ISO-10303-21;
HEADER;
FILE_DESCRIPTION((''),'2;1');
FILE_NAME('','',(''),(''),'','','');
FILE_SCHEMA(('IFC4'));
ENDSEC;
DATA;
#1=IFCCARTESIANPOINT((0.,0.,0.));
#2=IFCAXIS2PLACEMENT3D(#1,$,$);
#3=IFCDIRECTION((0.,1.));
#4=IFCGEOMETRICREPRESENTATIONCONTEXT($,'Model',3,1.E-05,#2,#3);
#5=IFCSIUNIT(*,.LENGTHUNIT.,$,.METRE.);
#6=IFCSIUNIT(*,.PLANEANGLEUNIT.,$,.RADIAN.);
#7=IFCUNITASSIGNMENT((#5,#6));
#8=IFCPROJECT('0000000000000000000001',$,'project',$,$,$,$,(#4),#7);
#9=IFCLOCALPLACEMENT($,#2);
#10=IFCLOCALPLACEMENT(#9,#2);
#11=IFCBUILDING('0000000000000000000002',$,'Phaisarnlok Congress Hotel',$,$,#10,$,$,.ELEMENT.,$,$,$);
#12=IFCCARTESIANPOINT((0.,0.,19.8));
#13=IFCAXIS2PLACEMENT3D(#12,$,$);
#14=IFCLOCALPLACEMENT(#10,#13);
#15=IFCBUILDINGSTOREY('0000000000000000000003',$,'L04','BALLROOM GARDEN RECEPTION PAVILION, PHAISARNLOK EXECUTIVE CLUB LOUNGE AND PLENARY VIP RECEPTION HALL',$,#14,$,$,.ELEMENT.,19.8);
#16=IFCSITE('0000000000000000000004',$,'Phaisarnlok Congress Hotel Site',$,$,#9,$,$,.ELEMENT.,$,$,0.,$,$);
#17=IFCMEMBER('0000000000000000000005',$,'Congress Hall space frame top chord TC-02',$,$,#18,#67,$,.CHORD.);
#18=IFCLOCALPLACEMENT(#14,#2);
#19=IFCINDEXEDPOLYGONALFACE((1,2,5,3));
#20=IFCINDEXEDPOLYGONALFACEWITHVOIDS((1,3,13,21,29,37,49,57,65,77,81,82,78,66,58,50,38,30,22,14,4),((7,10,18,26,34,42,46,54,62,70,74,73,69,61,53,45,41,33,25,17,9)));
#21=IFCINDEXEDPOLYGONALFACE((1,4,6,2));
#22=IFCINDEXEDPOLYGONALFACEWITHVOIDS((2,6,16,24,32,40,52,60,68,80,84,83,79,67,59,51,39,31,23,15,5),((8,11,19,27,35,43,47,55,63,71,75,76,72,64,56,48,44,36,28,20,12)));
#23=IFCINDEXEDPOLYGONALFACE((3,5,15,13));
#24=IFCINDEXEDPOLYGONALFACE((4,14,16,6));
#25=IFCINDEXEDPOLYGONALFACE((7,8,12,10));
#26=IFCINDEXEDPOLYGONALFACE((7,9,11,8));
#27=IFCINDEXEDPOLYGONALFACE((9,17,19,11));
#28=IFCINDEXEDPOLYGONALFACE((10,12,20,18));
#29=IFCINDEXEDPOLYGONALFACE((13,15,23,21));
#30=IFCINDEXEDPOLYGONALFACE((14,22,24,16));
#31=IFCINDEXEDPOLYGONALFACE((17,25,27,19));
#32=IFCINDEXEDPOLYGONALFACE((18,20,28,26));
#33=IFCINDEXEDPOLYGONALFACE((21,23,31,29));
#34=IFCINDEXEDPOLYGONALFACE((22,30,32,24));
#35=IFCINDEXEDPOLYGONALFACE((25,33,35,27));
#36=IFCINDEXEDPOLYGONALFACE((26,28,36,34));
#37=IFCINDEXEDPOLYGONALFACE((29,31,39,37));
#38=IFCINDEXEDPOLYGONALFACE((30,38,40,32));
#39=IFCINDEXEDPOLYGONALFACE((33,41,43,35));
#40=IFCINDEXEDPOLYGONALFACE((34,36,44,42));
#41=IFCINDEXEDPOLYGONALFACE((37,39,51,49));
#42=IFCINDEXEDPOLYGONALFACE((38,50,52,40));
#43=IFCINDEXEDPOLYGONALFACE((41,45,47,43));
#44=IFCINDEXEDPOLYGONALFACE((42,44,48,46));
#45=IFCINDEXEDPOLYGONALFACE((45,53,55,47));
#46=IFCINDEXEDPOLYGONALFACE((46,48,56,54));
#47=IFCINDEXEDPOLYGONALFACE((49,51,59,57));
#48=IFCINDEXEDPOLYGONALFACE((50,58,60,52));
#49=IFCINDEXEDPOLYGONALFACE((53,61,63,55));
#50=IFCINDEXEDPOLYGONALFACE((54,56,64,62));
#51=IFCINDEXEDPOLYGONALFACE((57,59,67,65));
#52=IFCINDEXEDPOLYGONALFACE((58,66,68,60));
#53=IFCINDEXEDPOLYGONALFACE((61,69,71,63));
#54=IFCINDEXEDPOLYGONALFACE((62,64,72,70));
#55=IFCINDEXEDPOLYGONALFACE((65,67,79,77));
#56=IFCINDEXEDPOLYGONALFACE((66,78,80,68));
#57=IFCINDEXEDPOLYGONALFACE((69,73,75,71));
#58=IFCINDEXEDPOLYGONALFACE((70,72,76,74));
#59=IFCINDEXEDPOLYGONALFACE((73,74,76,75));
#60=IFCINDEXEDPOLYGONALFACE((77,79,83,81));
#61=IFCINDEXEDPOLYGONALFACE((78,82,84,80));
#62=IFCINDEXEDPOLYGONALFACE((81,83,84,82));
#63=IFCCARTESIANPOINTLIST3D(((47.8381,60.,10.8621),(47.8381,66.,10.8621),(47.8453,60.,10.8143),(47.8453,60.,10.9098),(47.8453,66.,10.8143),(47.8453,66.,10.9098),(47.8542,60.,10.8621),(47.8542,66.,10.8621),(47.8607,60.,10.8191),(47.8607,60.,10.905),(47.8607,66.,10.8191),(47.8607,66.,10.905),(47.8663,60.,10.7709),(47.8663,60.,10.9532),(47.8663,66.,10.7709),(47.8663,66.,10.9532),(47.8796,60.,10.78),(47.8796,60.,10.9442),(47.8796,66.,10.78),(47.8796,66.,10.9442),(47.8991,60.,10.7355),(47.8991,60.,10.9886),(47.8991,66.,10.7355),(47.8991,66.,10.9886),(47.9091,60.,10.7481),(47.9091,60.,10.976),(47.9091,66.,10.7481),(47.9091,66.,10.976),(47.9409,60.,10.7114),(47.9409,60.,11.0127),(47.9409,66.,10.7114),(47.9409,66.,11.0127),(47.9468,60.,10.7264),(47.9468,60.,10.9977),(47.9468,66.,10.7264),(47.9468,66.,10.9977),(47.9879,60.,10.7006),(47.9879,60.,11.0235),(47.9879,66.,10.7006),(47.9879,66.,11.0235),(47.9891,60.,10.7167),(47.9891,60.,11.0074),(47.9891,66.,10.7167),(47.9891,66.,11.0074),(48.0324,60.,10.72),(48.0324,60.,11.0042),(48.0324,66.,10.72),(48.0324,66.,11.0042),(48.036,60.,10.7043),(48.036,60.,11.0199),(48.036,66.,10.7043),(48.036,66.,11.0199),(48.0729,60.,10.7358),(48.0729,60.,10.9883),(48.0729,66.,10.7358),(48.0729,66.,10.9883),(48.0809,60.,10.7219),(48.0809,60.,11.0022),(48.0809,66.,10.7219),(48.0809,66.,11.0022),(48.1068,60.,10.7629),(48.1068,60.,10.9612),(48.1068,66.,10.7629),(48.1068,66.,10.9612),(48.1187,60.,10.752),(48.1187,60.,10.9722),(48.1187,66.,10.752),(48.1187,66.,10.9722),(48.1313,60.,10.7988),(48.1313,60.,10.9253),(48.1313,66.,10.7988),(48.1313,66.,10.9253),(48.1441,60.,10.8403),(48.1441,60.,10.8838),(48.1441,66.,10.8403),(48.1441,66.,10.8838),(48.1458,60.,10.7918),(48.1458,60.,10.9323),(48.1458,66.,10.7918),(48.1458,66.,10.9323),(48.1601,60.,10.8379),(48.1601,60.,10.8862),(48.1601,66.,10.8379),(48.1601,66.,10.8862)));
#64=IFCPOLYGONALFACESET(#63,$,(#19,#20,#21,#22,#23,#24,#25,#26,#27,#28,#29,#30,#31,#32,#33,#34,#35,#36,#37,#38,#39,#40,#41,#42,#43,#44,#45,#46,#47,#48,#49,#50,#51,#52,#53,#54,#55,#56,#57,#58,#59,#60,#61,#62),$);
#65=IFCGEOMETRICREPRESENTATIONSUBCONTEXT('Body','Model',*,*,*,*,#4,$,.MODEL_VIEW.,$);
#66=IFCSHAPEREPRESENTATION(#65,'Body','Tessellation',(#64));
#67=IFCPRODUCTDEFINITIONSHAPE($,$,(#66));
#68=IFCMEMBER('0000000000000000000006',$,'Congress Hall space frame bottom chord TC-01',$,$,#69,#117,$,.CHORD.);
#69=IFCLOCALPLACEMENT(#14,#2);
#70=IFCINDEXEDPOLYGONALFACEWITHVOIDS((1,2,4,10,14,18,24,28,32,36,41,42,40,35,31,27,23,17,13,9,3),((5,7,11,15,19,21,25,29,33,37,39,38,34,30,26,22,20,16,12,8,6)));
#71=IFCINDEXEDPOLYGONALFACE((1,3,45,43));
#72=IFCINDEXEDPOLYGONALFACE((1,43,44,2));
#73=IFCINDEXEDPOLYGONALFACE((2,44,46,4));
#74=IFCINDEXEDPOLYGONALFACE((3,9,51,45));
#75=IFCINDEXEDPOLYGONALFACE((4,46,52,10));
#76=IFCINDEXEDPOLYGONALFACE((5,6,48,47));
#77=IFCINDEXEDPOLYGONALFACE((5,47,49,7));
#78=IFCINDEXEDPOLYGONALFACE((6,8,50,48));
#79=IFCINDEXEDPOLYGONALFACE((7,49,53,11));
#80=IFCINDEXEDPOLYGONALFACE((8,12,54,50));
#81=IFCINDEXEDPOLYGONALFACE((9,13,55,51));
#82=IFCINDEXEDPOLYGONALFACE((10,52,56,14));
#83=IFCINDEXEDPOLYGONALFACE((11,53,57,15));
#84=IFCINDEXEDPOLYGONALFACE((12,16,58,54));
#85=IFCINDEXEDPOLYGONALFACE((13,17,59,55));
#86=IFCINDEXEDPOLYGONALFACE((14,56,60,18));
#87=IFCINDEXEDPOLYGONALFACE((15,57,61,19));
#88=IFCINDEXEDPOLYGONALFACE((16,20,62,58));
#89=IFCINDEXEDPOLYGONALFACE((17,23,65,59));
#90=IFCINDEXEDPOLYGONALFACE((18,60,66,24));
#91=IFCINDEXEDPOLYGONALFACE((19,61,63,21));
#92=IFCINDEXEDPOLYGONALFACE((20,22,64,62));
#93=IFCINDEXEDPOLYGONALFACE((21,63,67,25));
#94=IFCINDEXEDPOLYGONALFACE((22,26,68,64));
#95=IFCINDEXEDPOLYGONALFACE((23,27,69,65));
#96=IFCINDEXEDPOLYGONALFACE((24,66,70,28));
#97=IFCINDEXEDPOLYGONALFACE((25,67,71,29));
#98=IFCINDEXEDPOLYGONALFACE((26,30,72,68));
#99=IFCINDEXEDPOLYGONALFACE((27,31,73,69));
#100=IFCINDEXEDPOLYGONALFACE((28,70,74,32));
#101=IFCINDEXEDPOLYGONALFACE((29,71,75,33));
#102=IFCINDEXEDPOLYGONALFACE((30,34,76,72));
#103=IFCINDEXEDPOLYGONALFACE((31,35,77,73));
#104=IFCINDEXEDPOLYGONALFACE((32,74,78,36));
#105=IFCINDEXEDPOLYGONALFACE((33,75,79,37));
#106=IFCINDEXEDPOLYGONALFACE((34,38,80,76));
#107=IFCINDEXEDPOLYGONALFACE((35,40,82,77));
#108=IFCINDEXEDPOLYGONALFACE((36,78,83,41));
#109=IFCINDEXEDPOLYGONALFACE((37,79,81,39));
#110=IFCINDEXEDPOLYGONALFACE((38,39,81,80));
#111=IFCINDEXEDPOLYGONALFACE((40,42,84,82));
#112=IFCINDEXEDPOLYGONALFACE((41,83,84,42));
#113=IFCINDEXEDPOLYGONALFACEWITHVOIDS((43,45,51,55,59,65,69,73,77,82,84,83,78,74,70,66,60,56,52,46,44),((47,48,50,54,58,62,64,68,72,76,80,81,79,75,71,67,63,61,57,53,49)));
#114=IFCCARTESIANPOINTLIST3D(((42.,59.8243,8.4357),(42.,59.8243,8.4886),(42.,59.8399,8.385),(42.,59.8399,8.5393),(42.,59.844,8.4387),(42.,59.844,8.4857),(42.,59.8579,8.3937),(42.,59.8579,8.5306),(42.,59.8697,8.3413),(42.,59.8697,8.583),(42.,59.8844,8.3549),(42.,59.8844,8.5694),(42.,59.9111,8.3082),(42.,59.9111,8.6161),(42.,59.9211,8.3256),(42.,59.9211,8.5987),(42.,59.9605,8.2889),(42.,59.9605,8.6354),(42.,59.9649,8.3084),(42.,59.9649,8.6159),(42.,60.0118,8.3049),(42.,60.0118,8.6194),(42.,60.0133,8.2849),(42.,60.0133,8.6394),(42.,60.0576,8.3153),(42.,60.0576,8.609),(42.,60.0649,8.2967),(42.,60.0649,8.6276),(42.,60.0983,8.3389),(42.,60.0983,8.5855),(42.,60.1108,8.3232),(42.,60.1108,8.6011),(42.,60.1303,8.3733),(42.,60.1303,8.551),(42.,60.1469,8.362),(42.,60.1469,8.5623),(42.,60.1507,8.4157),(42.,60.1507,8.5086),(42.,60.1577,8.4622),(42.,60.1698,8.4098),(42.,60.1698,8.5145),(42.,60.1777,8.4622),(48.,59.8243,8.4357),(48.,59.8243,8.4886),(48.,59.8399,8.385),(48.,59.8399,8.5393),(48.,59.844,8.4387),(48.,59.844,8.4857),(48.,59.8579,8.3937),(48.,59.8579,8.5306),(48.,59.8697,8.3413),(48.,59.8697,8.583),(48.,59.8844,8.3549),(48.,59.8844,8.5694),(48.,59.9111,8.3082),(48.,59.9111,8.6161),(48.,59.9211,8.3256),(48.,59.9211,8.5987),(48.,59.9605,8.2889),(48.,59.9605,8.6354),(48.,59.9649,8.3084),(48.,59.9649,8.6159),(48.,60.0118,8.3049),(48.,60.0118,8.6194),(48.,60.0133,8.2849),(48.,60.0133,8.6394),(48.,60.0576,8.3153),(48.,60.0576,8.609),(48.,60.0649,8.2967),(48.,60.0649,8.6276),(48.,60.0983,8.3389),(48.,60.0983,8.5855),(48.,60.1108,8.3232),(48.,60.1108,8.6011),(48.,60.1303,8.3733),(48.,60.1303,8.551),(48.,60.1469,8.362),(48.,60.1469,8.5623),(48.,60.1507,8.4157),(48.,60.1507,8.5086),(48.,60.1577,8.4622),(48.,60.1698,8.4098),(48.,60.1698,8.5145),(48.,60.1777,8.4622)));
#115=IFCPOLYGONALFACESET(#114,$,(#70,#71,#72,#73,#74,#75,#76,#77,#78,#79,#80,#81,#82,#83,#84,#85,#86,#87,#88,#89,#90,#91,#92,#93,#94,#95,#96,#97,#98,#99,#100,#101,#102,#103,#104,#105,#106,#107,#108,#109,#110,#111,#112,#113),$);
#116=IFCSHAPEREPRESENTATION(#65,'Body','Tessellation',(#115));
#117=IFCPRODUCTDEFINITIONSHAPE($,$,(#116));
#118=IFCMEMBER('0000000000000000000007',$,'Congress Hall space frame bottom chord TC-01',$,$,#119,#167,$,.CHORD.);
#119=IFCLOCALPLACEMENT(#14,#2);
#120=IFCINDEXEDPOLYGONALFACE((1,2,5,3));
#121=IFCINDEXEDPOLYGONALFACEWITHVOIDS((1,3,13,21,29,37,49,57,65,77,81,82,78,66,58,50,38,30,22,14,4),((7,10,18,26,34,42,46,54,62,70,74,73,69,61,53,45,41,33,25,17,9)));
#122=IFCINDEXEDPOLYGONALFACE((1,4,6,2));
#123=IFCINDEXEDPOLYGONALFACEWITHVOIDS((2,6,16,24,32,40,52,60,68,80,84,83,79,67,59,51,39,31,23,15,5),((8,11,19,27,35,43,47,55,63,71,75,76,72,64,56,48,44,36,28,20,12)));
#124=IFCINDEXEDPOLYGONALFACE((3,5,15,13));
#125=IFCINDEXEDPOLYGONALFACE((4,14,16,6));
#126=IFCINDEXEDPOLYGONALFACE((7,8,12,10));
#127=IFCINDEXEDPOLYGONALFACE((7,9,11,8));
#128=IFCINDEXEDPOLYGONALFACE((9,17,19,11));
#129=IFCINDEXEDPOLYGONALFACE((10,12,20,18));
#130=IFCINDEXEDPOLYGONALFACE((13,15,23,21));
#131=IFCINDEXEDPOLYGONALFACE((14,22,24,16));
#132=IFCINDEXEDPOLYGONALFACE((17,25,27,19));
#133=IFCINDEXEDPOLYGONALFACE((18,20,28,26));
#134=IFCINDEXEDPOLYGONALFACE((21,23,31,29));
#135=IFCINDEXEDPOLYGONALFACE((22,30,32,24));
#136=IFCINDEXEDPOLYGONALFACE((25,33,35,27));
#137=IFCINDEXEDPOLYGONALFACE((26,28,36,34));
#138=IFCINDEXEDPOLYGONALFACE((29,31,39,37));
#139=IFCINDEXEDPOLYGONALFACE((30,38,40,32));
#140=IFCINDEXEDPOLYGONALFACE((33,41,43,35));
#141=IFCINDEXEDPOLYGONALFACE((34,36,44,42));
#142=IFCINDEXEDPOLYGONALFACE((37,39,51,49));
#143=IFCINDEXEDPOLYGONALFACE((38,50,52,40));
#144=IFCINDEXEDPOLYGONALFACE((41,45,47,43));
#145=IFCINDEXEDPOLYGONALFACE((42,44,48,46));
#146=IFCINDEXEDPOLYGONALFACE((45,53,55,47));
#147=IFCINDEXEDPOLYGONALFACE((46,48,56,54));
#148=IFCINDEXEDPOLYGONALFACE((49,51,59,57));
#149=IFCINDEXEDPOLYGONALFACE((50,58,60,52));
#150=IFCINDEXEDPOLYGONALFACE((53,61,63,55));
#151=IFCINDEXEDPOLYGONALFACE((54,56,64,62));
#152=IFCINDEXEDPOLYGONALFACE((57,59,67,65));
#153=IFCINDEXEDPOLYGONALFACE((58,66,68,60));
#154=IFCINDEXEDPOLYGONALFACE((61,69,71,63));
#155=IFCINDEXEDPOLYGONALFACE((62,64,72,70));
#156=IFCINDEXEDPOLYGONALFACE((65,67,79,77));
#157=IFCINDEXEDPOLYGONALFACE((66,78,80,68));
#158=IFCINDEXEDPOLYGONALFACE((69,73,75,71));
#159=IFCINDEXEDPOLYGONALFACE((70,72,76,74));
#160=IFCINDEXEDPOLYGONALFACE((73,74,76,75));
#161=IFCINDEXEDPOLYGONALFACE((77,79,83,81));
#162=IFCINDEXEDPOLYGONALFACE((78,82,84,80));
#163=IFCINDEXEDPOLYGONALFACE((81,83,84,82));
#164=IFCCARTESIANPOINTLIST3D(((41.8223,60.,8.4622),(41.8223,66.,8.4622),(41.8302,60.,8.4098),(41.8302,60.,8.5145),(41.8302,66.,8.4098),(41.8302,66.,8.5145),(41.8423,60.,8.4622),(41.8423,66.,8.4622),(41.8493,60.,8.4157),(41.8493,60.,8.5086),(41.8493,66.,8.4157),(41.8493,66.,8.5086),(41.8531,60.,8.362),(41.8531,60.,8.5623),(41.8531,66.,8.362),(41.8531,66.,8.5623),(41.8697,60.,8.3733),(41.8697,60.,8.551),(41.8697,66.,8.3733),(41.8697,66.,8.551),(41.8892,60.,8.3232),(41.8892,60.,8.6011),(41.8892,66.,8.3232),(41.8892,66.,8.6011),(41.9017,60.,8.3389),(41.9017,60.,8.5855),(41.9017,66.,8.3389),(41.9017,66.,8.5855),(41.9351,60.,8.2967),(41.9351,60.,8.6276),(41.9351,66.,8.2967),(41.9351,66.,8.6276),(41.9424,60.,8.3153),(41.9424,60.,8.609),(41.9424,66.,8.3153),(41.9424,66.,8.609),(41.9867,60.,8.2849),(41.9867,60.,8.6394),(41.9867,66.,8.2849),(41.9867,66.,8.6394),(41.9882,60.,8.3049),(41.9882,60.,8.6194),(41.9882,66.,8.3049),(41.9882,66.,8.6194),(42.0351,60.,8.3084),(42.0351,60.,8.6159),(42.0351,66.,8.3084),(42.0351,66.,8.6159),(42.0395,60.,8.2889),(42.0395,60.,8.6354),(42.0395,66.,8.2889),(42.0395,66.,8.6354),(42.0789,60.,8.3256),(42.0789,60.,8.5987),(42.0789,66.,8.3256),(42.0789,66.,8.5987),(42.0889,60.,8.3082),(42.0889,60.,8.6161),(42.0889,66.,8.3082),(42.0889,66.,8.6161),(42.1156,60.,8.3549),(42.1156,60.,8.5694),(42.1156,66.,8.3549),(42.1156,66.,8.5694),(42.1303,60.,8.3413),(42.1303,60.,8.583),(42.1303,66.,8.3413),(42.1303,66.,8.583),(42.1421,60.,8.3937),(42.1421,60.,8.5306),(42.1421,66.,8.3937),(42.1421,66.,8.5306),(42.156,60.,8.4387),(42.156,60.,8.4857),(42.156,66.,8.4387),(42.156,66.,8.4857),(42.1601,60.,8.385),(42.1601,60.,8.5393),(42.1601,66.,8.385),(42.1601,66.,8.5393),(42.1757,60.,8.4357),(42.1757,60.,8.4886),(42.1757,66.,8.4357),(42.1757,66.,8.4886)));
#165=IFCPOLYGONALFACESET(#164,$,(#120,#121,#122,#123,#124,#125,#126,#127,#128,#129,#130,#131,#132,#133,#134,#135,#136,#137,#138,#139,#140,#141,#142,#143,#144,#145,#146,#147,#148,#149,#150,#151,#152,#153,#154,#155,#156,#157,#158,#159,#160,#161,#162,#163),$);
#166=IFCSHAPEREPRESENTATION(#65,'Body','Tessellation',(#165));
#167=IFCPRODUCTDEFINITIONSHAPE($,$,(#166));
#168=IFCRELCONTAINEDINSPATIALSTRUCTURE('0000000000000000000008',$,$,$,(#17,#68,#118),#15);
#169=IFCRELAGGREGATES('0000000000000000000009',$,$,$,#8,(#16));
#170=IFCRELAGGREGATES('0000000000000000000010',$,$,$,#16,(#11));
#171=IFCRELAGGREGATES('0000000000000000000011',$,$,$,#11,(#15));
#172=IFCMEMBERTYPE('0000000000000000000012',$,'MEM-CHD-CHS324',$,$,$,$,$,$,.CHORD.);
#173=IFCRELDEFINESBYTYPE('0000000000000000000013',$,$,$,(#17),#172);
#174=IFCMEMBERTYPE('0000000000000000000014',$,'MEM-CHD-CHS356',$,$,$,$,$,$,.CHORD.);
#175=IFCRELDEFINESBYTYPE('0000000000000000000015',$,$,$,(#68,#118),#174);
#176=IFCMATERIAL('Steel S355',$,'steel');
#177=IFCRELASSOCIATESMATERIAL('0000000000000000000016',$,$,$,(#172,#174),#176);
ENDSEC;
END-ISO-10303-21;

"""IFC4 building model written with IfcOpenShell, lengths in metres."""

from ifc_helpers import new_model, si_unit, direction, frame, origin, origin_2d, place, context, subcontext, project, spatial, hollow_circle, extrude, material, material_profile, profile_set, type_object, element, save


model = new_model("IFC4")

# Units and contexts
model_context = context("Model", 3, precision=1e-05, world=origin(), true_north=direction((0.0, 1.0)))
body_context = subcontext(model_context, "Body", "Model", "MODEL_VIEW")
ifc_project = project(units=[si_unit("LENGTHUNIT", "METRE"), si_unit("PLANEANGLEUNIT", "RADIAN")], contexts=[model_context])

# Site, building, storey
site_placement = place(None, origin())
site = spatial("IfcSite", under=ifc_project, at=site_placement, Name="Phaisarnlok Congress Hotel Site", CompositionType="ELEMENT", RefElevation=0.0)
building_placement = place(site_placement, origin())
building = spatial("IfcBuilding", under=site, at=building_placement, Name="Phaisarnlok Congress Hotel", CompositionType="ELEMENT")
storey_placement = place(building_placement, frame((0.0, 0.0, 19.8)))
storey = spatial("IfcBuildingStorey", under=building, at=storey_placement, Name="L04", Description="BALLROOM GARDEN RECEPTION PAVILION, PHAISARNLOK EXECUTIVE CLUB LOUNGE AND PLENARY VIP RECEPTION HALL", CompositionType="ELEMENT", Elevation=19.8)

# Members
ifc_material = material(Name="Steel S355", Category="steel")
ifc_material_profile_1 = material_profile(ifc_material, hollow_circle(Radius=0.1619, WallThickness=0.0161, at=origin_2d()), Name="CHS 323.9x16")
ifc_profile_set_1 = profile_set([ifc_material_profile_1], Name="Steel S355")
member_type_1 = type_object("IfcMemberType", Name="MEM-CHD-CHS324", PredefinedType="CHORD", material=ifc_profile_set_1)
for number, where, z_axis, x_axis, name in (
    (1, (48.0, 60.0, 10.8621), (0.0, 1.0, 0.0), (-1.0, 0.0, 0.0), "Congress Hall space frame top chord TC-02"),
):
    element("IfcMember", number, at=place(storey_placement, frame(where, z_axis=z_axis, x_axis=x_axis)), inside=storey, type_object=member_type_1, Name=name, PredefinedType="CHORD", context=body_context, shape_type="SweptSolid", body=[
        extrude(hollow_circle(Radius=0.1619, WallThickness=0.0161, at=origin_2d()), origin(), (0.0, 0.0, 1.0), 6.0),
    ])
ifc_material_profile_2 = material_profile(ifc_material, hollow_circle(Radius=0.1777, WallThickness=0.02, at=origin_2d()), Name="CHS 355.6x20")
ifc_profile_set_2 = profile_set([ifc_material_profile_2], Name="Steel S355")
member_type_2 = type_object("IfcMemberType", Name="MEM-CHD-CHS356", PredefinedType="CHORD", material=ifc_profile_set_2)
for number, where, z_axis, x_axis, name in (
    (2, (42.0, 60.0, 8.4622), (1.0, 0.0, 0.0), (0.0, 1.0, 0.0), "Congress Hall space frame bottom chord TC-01"),
    (3, (42.0, 60.0, 8.4622), (0.0, 1.0, 0.0), (-1.0, 0.0, 0.0), "Congress Hall space frame bottom chord TC-01"),
):
    element("IfcMember", number, at=place(storey_placement, frame(where, z_axis=z_axis, x_axis=x_axis)), inside=storey, type_object=member_type_2, Name=name, PredefinedType="CHORD", context=body_context, shape_type="SweptSolid", body=[
        extrude(hollow_circle(Radius=0.1777, WallThickness=0.02, at=origin_2d()), origin(), (0.0, 0.0, 1.0), 6.0),
    ])

save(model, "model.ifc")
